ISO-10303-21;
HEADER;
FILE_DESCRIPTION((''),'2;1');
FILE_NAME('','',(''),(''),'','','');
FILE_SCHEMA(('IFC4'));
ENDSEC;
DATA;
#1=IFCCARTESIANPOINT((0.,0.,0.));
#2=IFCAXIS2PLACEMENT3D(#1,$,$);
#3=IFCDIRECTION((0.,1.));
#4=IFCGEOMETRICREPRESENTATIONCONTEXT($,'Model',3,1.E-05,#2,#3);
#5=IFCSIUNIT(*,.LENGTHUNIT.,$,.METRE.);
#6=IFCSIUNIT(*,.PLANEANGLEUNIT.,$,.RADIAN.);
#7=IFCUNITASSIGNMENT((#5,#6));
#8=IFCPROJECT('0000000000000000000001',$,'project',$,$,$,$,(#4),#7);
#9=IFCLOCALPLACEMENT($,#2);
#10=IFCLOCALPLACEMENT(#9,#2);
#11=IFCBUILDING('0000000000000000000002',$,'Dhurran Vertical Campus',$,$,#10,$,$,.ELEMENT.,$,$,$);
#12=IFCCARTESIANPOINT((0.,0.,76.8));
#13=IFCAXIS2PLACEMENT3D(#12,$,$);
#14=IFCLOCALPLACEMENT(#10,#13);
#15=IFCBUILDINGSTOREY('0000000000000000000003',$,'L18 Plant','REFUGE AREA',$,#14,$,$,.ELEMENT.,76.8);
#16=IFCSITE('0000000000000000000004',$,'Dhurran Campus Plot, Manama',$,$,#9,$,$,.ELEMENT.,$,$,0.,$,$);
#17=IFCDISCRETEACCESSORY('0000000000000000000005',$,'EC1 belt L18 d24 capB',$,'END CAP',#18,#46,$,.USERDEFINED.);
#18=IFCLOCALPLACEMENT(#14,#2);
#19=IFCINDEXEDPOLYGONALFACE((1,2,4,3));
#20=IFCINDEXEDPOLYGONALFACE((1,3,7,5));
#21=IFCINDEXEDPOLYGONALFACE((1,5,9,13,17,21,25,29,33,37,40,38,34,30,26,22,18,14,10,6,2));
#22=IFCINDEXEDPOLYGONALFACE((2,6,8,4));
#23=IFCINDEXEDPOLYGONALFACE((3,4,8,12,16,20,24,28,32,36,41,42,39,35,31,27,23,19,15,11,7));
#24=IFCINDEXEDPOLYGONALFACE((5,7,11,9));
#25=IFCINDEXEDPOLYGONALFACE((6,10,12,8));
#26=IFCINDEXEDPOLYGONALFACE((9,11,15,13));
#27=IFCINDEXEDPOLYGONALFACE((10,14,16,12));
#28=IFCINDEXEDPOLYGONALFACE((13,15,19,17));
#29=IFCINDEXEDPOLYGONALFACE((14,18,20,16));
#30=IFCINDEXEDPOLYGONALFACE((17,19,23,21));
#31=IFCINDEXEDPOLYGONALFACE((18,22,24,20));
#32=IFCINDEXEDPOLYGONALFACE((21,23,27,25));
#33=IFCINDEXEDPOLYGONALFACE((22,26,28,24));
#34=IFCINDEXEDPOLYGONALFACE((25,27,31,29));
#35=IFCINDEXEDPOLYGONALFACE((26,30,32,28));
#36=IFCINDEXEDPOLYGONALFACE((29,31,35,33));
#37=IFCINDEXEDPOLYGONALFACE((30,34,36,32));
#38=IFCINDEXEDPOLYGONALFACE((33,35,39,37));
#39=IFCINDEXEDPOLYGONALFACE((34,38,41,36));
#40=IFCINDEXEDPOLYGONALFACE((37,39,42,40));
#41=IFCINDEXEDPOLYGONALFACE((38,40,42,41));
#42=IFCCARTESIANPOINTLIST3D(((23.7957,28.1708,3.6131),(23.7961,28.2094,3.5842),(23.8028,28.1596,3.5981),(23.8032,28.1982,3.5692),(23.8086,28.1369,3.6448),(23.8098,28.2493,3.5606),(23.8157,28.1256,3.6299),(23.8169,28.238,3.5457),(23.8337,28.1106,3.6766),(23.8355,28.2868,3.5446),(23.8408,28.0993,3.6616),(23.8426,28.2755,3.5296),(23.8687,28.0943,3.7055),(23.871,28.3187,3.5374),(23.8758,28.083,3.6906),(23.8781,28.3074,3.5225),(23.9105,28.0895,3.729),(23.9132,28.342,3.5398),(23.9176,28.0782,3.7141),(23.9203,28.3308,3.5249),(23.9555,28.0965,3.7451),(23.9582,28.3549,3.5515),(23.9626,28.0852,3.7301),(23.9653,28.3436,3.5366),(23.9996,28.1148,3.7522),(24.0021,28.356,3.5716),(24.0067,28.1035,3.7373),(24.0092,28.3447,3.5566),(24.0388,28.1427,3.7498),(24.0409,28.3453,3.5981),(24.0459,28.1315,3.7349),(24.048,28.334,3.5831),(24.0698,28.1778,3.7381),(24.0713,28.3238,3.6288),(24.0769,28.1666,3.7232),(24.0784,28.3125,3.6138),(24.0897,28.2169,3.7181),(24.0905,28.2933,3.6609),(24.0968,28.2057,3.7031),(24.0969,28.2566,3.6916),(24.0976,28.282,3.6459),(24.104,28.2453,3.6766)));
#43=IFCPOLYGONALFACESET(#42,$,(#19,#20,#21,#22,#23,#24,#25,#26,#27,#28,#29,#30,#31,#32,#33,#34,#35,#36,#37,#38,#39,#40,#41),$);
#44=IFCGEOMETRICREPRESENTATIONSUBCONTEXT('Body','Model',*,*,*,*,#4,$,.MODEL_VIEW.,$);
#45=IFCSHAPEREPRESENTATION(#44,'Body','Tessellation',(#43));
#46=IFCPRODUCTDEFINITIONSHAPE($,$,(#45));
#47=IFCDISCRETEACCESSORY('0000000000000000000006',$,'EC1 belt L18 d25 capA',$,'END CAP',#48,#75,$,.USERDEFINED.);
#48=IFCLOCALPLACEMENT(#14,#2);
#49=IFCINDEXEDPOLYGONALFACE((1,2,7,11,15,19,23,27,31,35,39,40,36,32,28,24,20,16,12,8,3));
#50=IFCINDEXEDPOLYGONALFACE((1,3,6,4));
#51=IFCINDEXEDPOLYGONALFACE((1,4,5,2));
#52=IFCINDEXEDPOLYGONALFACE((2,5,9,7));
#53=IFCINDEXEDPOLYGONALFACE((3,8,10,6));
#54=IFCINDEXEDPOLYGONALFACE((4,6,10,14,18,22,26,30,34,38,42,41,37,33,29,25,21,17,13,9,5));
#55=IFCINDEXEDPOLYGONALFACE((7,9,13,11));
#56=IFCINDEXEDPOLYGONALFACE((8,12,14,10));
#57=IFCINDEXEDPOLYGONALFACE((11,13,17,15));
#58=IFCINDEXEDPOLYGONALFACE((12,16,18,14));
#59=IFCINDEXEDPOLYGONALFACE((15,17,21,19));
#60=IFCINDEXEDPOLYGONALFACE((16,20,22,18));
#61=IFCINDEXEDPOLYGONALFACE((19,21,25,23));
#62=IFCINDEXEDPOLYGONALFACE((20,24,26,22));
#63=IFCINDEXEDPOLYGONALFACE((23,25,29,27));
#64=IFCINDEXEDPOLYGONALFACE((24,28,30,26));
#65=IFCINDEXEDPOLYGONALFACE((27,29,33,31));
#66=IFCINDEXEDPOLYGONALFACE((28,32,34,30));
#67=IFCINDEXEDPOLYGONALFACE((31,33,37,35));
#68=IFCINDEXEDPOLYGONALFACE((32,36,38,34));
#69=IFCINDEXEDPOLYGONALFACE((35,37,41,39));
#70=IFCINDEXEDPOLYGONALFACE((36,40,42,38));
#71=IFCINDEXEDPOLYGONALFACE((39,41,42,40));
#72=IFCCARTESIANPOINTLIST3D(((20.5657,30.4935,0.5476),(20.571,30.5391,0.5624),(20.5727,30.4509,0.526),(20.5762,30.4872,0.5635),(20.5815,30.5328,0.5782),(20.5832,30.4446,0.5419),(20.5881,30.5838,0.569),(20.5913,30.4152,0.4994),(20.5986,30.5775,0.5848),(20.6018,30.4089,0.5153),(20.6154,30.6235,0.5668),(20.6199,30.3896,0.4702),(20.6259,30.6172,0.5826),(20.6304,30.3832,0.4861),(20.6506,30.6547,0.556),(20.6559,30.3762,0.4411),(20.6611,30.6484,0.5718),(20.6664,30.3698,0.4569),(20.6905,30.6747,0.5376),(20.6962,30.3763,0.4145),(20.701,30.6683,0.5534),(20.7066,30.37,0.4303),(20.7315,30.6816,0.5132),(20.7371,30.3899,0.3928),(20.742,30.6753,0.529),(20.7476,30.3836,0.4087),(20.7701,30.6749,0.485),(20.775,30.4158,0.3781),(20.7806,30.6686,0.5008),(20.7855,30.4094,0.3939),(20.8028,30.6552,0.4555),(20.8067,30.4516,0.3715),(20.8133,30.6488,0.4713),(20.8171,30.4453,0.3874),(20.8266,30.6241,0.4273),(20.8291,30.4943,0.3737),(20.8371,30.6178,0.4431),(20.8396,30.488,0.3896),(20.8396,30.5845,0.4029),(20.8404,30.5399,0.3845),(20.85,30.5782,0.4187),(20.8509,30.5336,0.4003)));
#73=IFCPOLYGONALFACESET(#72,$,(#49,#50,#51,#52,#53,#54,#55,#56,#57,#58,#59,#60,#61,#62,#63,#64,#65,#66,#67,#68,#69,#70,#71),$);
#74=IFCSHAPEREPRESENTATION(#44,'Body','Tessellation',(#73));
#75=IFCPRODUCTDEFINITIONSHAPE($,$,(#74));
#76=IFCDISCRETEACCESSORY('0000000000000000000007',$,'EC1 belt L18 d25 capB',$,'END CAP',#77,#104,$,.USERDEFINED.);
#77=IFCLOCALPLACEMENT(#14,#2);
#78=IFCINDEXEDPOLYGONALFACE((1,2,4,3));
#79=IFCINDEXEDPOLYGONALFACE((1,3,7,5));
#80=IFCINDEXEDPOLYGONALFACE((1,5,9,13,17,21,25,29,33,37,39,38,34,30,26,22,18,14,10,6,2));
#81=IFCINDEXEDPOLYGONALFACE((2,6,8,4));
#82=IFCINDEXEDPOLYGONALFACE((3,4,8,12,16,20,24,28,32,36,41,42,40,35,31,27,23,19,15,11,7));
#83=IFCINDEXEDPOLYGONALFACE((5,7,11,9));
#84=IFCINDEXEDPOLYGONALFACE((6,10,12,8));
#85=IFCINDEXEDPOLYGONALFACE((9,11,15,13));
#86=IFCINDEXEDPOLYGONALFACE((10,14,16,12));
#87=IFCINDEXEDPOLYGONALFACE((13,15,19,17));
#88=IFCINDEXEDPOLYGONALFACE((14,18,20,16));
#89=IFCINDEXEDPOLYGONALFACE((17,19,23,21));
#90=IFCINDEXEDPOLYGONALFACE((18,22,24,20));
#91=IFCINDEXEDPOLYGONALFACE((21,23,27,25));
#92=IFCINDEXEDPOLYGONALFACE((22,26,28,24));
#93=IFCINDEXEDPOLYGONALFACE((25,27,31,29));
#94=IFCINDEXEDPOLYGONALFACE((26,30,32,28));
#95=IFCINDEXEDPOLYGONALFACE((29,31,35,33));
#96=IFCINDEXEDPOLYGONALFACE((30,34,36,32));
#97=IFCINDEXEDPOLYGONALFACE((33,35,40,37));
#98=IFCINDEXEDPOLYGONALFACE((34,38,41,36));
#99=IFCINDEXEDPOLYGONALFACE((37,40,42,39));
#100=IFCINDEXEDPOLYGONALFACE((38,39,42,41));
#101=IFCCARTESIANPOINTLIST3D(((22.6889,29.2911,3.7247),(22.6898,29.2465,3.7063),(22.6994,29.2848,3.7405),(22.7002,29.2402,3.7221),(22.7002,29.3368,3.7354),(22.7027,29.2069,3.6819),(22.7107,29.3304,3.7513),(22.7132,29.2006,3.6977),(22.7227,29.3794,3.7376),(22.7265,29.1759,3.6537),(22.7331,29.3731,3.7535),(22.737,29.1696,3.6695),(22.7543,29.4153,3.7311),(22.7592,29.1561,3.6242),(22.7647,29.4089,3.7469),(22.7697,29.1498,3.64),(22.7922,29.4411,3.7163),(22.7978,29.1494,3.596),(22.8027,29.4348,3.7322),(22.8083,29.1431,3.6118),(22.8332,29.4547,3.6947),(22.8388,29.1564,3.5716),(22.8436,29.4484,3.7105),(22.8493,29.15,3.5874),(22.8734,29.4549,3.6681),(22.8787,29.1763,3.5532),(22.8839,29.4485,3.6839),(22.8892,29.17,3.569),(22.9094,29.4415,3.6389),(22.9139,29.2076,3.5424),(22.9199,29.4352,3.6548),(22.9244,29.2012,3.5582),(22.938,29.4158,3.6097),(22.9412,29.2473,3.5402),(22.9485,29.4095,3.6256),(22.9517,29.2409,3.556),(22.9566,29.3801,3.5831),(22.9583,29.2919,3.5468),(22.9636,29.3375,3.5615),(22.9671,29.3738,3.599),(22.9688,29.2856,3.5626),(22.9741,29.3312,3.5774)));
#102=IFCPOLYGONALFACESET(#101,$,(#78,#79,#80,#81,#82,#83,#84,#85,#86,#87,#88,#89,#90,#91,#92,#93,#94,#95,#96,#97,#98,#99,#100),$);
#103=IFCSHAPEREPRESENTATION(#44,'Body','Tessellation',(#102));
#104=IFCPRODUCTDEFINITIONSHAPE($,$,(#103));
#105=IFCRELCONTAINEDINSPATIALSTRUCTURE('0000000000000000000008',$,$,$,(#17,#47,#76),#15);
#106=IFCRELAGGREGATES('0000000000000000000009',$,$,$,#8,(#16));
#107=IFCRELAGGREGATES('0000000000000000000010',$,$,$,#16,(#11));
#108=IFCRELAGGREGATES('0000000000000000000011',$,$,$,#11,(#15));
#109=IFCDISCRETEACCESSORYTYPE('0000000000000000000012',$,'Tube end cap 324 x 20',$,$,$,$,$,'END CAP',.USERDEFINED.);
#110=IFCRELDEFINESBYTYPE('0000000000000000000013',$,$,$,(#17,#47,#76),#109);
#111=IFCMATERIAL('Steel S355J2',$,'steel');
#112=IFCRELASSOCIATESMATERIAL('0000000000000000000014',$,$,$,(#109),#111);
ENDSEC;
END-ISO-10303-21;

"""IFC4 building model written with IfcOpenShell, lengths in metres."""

from ifc_helpers import new_model, si_unit, direction, frame, origin, origin_2d, place, context, subcontext, project, spatial, circle, extrude, material, material_profile, profile_set, type_object, element, save


model = new_model("IFC4")

# Units and contexts
model_context = context("Model", 3, precision=1e-05, world=origin(), true_north=direction((0.0, 1.0)))
body_context = subcontext(model_context, "Body", "Model", "MODEL_VIEW")
ifc_project = project(units=[si_unit("LENGTHUNIT", "METRE"), si_unit("PLANEANGLEUNIT", "RADIAN")], contexts=[model_context])

# Site, building, storey
site_placement = place(None, origin())
site = spatial("IfcSite", under=ifc_project, at=site_placement, Name="Dhurran Campus Plot, Manama", CompositionType="ELEMENT", RefElevation=0.0)
building_placement = place(site_placement, origin())
building = spatial("IfcBuilding", under=site, at=building_placement, Name="Dhurran Vertical Campus", CompositionType="ELEMENT")
storey_placement = place(building_placement, frame((0.0, 0.0, 76.8)))
storey = spatial("IfcBuildingStorey", under=building, at=storey_placement, Name="L18 Plant", Description="REFUGE AREA", CompositionType="ELEMENT", Elevation=76.8)

# Discrete accessories
ifc_material_1 = material(Name="Steel S355J2", Category="steel")
ifc_material_profile_1 = material_profile(ifc_material_1, circle(Radius=0.1619, at=origin_2d()), Name="Tube end cap 324 x 20")
ifc_profile_set_1 = profile_set([ifc_material_profile_1], Name="Steel S355J2")
discrete_accessory_type = type_object("IfcDiscreteAccessoryType", Name="Tube end cap 324 x 20", ElementType="END CAP", PredefinedType="USERDEFINED", material=ifc_profile_set_1)
for number, where, z_axis, x_axis, name in (
    (1, (23.9526, 28.2119, 3.6299), (-0.354874, 0.562904, 0.74646), (-0.845926, -0.533301, 0.0), "EC1 belt L18 d24 capB"),
    (2, (20.7141, 30.5217, 0.4861), (-0.523379, 0.316462, -0.791155), (-0.517419, -0.855732, 0.0), "EC1 belt L18 d25 capA"),
    (3, (22.8257, 29.303, 3.6389), (0.523379, -0.316462, 0.791155), (0.517419, 0.855732, 0.0), "EC1 belt L18 d25 capB"),
):
    element("IfcDiscreteAccessory", number, at=place(storey_placement, frame(where, z_axis=z_axis, x_axis=x_axis)), inside=storey, type_object=discrete_accessory_type, Name=name, ObjectType="END CAP", PredefinedType="USERDEFINED", context=body_context, shape_type="SweptSolid", body=[
        extrude(circle(Radius=0.1619, at=origin_2d()), origin(), (0.0, 0.0, 1.0), 0.02),
    ])

save(model, "model.ifc")
